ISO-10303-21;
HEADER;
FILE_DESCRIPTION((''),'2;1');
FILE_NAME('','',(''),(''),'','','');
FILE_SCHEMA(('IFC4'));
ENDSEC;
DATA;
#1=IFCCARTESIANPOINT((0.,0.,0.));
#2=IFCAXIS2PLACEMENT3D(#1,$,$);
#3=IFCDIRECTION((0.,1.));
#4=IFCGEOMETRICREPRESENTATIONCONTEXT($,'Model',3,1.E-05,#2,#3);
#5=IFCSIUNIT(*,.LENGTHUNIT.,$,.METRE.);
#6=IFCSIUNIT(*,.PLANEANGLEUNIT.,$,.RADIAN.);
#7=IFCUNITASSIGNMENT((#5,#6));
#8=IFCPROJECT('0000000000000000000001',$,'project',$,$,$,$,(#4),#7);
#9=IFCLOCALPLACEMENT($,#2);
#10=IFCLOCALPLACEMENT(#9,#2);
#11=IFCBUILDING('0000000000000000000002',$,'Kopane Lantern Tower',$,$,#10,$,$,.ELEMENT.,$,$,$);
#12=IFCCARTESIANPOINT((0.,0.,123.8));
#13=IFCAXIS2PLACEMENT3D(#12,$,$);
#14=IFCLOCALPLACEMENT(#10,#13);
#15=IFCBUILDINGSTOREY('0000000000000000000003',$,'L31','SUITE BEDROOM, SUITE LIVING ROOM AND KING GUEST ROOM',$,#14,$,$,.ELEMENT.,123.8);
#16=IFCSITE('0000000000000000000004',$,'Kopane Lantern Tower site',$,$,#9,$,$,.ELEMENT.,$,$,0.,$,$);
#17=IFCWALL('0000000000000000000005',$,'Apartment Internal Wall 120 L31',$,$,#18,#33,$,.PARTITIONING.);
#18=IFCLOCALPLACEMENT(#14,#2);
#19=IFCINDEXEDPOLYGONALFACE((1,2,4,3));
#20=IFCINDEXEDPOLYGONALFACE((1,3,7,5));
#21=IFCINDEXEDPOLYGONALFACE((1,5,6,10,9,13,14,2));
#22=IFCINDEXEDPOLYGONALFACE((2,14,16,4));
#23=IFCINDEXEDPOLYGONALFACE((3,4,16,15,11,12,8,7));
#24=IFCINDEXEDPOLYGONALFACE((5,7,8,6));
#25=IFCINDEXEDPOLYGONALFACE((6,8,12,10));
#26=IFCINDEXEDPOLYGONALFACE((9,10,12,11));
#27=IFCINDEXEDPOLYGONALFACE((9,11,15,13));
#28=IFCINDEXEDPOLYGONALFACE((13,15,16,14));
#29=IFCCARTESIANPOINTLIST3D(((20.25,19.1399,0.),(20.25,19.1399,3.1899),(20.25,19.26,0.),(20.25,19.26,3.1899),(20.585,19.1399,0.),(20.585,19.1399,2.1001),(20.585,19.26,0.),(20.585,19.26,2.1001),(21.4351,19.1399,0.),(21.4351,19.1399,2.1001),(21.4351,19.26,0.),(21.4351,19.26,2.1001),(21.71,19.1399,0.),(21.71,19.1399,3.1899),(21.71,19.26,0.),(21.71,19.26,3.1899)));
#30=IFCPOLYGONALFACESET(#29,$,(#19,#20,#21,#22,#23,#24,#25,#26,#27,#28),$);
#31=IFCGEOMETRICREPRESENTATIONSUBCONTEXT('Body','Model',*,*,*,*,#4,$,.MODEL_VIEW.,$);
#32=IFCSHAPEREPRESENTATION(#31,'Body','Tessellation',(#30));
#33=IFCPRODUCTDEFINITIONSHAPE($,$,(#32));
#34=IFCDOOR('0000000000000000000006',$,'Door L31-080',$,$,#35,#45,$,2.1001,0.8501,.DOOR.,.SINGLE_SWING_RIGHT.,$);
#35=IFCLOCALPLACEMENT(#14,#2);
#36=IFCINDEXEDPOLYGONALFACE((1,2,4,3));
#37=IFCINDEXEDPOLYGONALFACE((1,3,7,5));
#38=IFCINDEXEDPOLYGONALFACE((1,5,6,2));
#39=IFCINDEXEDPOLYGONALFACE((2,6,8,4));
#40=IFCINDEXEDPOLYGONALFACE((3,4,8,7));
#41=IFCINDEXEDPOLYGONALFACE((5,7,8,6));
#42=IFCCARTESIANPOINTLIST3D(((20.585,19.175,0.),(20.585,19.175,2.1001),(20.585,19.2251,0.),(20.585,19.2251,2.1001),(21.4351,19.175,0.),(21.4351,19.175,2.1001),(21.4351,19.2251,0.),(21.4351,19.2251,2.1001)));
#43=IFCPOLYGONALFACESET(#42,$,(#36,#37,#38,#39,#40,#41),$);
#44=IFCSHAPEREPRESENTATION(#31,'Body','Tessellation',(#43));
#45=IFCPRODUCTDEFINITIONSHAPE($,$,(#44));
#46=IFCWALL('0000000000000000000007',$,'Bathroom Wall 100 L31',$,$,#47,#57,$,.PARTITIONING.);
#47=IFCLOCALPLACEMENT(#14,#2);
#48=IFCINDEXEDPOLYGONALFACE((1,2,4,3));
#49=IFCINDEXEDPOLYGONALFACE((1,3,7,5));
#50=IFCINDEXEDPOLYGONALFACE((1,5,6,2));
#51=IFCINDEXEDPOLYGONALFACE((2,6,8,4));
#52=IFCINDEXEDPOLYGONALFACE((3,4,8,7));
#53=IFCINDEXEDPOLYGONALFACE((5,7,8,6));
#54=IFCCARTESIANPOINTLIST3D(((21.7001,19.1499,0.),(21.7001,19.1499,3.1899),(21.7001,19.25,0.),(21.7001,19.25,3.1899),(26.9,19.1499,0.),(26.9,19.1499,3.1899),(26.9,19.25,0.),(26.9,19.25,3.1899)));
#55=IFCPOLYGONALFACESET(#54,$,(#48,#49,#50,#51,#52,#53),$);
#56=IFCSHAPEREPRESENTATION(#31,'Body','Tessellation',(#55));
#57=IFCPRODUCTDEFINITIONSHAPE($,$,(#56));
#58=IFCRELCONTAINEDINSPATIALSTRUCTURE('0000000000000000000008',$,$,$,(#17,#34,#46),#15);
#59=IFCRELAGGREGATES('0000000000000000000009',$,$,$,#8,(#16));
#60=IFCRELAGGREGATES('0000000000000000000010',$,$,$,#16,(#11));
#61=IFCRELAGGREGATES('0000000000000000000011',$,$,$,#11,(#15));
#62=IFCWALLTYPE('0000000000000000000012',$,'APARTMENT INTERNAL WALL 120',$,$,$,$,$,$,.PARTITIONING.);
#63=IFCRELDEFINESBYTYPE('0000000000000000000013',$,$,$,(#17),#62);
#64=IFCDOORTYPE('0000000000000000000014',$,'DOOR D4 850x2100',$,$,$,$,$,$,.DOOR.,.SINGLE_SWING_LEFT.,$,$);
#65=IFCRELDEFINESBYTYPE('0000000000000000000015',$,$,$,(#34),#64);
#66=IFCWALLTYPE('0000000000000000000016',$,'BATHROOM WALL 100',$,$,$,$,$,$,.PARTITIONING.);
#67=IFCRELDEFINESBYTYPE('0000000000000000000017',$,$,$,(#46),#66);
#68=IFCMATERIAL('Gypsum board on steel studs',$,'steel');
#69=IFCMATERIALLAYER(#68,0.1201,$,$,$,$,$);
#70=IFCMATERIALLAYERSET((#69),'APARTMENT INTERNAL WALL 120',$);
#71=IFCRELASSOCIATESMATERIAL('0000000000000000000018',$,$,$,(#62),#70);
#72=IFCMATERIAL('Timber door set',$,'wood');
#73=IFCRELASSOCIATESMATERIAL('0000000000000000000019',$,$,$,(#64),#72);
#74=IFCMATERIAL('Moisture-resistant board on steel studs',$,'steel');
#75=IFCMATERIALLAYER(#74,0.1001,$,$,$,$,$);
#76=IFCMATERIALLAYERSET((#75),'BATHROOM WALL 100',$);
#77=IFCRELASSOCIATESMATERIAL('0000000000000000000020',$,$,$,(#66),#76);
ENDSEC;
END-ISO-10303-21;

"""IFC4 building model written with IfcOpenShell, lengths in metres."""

from ifc_helpers import new_model, si_unit, direction, frame, frame_2d, origin, place, context, subcontext, project, spatial, rectangle, extrude, material, layer, layer_set, type_object, element, fill, save


model = new_model("IFC4")

# Units and contexts
model_context = context("Model", 3, precision=1e-05, world=origin(), true_north=direction((0.0, 1.0)))
body_context = subcontext(model_context, "Body", "Model", "MODEL_VIEW")
ifc_project = project(units=[si_unit("LENGTHUNIT", "METRE"), si_unit("PLANEANGLEUNIT", "RADIAN")], contexts=[model_context])

# Site, building, storey
site_placement = place(None, origin())
site = spatial("IfcSite", under=ifc_project, at=site_placement, Name="Kopane Lantern Tower site", CompositionType="ELEMENT", RefElevation=0.0)
building_placement = place(site_placement, origin())
building = spatial("IfcBuilding", under=site, at=building_placement, Name="Kopane Lantern Tower", CompositionType="ELEMENT")
storey_placement = place(building_placement, frame((0.0, 0.0, 123.8)))
storey = spatial("IfcBuildingStorey", under=building, at=storey_placement, Name="L31", Description="SUITE BEDROOM, SUITE LIVING ROOM AND KING GUEST ROOM", CompositionType="ELEMENT", Elevation=123.8)

# Wall, opening, door
ifc_material_1 = material(Name="Gypsum board on steel studs", Category="steel")
ifc_layer_1 = layer(ifc_material_1, 0.1201)
ifc_layer_set_1 = layer_set([ifc_layer_1], Name="APARTMENT INTERNAL WALL 120")
wall_type_1 = type_object("IfcWallType", Name="APARTMENT INTERNAL WALL 120", PredefinedType="PARTITIONING", material=ifc_layer_set_1)
ifc_material_2 = material(Name="Timber door set", Category="wood")
door_type = type_object("IfcDoorType", Name="DOOR D4 850x2100", OperationType="SINGLE_SWING_LEFT", PredefinedType="DOOR", material=ifc_material_2)
wall_1_placement = place(storey_placement, frame((21.71, 19.2, 0.0), z_axis=(0.0, 0.0, 1.0), x_axis=(-1.0, 0.0, 0.0)))
wall_1 = element("IfcWall", 1, at=wall_1_placement, inside=storey, type_object=wall_type_1, Name="Apartment Internal Wall 120 L31", PredefinedType="PARTITIONING", context=body_context, shape_type="SweptSolid", body=[
    extrude(rectangle(XDim=1.46, YDim=0.1201, at=frame_2d((0.73, 0.0))), origin(), (0.0, 0.0, 1.0), 3.1899),
])
opening_1_placement = place(wall_1_placement, frame((0.2749, 0.0, 0.0)))
opening_1 = element("IfcOpeningElement", 2, at=opening_1_placement, cuts=wall_1, PredefinedType="OPENING", context=body_context, shape_type="SweptSolid", body=[
    extrude(rectangle(XDim=0.8501, YDim=2.1001, at=frame_2d((0.425, 1.05))), frame((0.0, 0.0701, 0.0), z_axis=(0.0, -1.0, 0.0), x_axis=(1.0, 0.0, 0.0)), (0.0, 0.0, 1.0), 0.1401),
])
door_1_placement = place(opening_1_placement, origin())
door_1 = element("IfcDoor", 3, at=door_1_placement, inside=storey, type_object=door_type, Name="Door L31-080", OperationType="SINGLE_SWING_RIGHT", OverallHeight=2.1001, OverallWidth=0.8501, PredefinedType="DOOR", context=body_context, shape_type="SweptSolid", body=[
    extrude(rectangle(XDim=0.8501, YDim=2.1001, at=frame_2d((0.425, 1.05))), frame((0.0, 0.0249, 0.0), z_axis=(0.0, -1.0, 0.0), x_axis=(1.0, 0.0, 0.0)), (0.0, 0.0, 1.0), 0.05),
])
fill(opening_1, door_1)

# Wall
ifc_material_3 = material(Name="Moisture-resistant board on steel studs", Category="steel")
ifc_layer_2 = layer(ifc_material_3, 0.1001)
ifc_layer_set_2 = layer_set([ifc_layer_2], Name="BATHROOM WALL 100")
wall_type_2 = type_object("IfcWallType", Name="BATHROOM WALL 100", PredefinedType="PARTITIONING", material=ifc_layer_set_2)
wall_2_placement = place(storey_placement, frame((21.7, 19.2, 0.0), z_axis=(0.0, 0.0, 1.0), x_axis=(1.0, 0.0, 0.0)))
element("IfcWall", 4, at=wall_2_placement, inside=storey, type_object=wall_type_2, Name="Bathroom Wall 100 L31", PredefinedType="PARTITIONING", context=body_context, shape_type="SweptSolid", body=[
    extrude(rectangle(XDim=5.2, YDim=0.1001, at=frame_2d((2.6001, 0.0))), origin(), (0.0, 0.0, 1.0), 3.1899),
])

save(model, "model.ifc")
